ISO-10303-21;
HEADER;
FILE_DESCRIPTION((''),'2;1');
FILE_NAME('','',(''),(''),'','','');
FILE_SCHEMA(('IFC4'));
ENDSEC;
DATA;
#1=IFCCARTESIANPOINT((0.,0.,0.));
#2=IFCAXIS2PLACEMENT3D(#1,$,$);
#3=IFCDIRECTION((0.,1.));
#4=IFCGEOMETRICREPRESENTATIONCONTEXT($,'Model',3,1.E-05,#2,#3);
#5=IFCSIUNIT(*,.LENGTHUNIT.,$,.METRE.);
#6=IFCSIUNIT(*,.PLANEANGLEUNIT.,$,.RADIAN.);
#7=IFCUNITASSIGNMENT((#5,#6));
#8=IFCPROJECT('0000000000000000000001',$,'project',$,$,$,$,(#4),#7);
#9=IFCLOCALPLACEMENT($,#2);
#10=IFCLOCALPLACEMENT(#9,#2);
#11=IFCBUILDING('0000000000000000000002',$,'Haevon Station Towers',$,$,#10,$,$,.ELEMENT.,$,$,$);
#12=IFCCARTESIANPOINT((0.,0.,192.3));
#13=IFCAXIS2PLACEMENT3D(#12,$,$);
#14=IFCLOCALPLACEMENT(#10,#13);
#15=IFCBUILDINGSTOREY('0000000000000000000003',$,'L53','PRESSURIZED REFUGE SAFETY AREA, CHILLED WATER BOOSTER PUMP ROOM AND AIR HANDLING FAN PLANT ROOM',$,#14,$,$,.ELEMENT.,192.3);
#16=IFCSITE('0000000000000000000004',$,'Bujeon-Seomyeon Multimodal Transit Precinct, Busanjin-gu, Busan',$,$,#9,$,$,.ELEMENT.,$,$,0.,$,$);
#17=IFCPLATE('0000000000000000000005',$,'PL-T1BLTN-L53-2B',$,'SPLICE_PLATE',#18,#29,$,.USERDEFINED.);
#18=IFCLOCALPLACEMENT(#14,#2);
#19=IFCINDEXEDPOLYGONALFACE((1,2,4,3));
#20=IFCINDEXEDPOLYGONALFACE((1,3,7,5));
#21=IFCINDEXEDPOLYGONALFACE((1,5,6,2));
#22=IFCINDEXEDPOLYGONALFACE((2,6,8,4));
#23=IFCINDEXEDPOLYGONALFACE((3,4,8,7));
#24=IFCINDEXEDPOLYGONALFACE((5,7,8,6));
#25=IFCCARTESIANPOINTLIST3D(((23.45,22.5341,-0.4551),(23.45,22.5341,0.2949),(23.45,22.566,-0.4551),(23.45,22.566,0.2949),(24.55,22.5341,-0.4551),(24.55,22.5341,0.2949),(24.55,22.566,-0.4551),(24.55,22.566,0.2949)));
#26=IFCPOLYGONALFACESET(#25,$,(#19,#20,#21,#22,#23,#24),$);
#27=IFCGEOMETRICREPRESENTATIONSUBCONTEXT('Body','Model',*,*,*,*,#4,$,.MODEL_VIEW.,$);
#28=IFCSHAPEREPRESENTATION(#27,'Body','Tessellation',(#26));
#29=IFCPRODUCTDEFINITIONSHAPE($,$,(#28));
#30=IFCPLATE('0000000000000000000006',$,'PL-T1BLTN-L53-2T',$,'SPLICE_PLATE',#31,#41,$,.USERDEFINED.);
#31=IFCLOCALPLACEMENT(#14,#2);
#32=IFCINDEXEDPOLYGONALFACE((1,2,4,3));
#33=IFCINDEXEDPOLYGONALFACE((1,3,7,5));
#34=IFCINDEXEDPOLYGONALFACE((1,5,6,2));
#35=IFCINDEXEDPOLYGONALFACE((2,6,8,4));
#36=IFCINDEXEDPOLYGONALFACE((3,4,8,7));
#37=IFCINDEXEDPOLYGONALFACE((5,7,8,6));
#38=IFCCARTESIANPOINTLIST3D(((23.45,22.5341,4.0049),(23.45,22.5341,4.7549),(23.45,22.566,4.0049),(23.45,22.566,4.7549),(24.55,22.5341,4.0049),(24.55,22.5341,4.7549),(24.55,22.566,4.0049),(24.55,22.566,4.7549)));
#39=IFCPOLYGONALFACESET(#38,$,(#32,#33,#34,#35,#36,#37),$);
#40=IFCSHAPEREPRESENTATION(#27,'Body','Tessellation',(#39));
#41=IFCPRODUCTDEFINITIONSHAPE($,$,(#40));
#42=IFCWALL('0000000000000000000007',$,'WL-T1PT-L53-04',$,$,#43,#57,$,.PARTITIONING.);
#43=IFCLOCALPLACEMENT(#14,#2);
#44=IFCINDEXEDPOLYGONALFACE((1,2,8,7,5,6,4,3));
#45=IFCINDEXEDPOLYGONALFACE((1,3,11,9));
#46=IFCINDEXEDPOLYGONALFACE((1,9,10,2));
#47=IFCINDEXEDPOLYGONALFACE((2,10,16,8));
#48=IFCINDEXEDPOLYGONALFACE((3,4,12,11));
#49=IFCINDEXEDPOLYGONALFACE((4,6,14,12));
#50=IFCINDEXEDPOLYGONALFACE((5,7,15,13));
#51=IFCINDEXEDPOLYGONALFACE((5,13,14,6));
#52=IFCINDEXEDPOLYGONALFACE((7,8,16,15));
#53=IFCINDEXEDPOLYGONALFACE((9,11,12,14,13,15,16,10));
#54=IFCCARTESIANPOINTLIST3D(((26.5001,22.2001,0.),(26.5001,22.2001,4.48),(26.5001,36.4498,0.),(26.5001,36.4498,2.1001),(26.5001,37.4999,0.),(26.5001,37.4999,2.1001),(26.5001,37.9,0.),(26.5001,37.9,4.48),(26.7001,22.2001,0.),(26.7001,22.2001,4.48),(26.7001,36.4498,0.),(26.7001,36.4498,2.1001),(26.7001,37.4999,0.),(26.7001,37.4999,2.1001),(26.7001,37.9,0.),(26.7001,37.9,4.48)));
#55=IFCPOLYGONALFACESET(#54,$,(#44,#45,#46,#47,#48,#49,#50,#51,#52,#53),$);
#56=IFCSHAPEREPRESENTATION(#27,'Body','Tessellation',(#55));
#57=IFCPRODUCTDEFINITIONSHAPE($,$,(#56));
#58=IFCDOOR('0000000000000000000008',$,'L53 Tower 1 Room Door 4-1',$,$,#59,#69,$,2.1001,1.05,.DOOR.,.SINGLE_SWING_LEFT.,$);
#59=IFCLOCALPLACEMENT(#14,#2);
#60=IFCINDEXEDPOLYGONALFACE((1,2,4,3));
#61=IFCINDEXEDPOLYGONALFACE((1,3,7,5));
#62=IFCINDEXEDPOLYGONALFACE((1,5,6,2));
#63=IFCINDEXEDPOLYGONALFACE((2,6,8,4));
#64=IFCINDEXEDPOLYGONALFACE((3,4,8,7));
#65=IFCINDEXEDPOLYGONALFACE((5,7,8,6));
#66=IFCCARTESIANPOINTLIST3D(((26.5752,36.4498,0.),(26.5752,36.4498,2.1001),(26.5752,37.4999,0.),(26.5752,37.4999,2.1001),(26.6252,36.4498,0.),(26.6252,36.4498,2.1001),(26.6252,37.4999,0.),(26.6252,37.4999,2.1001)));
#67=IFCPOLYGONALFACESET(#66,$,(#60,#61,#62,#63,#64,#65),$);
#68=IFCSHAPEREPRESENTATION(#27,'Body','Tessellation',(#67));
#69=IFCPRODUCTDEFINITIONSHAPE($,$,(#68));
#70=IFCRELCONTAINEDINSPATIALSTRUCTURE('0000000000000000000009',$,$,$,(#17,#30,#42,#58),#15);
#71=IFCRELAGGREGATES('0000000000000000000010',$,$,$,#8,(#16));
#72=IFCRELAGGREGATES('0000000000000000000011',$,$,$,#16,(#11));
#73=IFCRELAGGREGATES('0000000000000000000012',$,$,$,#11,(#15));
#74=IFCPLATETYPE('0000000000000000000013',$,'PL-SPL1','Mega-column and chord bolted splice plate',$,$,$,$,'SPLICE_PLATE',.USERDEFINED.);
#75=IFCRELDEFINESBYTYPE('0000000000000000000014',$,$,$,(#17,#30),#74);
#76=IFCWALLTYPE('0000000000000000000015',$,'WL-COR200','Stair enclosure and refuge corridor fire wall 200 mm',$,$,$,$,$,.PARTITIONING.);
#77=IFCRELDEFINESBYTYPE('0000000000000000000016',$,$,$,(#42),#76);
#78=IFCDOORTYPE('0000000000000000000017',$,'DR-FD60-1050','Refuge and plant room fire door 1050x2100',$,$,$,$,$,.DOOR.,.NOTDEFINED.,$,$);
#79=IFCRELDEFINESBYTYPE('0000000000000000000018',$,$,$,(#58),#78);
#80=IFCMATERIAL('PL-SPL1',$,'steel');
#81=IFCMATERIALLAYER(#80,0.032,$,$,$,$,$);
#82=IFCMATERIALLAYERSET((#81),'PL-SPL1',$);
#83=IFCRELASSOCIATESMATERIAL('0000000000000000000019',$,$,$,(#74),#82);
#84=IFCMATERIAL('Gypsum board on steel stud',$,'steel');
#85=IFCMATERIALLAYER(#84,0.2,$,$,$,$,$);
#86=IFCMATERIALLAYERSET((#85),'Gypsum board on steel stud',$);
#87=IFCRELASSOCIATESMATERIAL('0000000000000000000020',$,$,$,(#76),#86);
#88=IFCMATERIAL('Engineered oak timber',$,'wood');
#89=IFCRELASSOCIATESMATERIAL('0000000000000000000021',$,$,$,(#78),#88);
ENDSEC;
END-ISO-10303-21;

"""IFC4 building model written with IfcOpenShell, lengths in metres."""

from ifc_helpers import new_model, si_unit, direction, frame, frame_2d, origin, origin_2d, place, context, subcontext, project, spatial, rectangle, extrude, material, layer, layer_set, type_object, element, fill, save


model = new_model("IFC4")

# Units and contexts
model_context = context("Model", 3, precision=1e-05, world=origin(), true_north=direction((0.0, 1.0)))
body_context = subcontext(model_context, "Body", "Model", "MODEL_VIEW")
ifc_project = project(units=[si_unit("LENGTHUNIT", "METRE"), si_unit("PLANEANGLEUNIT", "RADIAN")], contexts=[model_context])

# Site, building, storey
site_placement = place(None, origin())
site = spatial("IfcSite", under=ifc_project, at=site_placement, Name="Bujeon-Seomyeon Multimodal Transit Precinct, Busanjin-gu, Busan", CompositionType="ELEMENT", RefElevation=0.0)
building_placement = place(site_placement, origin())
building = spatial("IfcBuilding", under=site, at=building_placement, Name="Haevon Station Towers", CompositionType="ELEMENT")
storey_placement = place(building_placement, frame((0.0, 0.0, 192.3)))
storey = spatial("IfcBuildingStorey", under=building, at=storey_placement, Name="L53", Description="PRESSURIZED REFUGE SAFETY AREA, CHILLED WATER BOOSTER PUMP ROOM AND AIR HANDLING FAN PLANT ROOM", CompositionType="ELEMENT", Elevation=192.3)

# Plates
ifc_material_1 = material(Name="PL-SPL1", Category="steel")
ifc_layer_1 = layer(ifc_material_1, 0.032)
ifc_layer_set_1 = layer_set([ifc_layer_1], Name="PL-SPL1")
plate_type_1 = type_object("IfcPlateType", Name="PL-SPL1", Description="Mega-column and chord bolted splice plate", ElementType="SPLICE_PLATE", PredefinedType="USERDEFINED", material=ifc_layer_set_1)
for number, where, z_axis, x_axis, name in (
    (1, (24.0, 22.55, -0.4551), (0.0, 0.0, 1.0), (1.0, 0.0, 0.0), "PL-T1BLTN-L53-2B"),
    (2, (24.0, 22.55, 4.0049), (0.0, 0.0, 1.0), (1.0, 0.0, 0.0), "PL-T1BLTN-L53-2T"),
):
    element("IfcPlate", number, at=place(storey_placement, frame(where, z_axis=z_axis, x_axis=x_axis)), inside=storey, type_object=plate_type_1, Name=name, ObjectType="SPLICE_PLATE", PredefinedType="USERDEFINED", context=body_context, shape_type="SweptSolid", body=[
        extrude(rectangle(XDim=1.1001, YDim=0.032, at=origin_2d()), origin(), (0.0, 0.0, 1.0), 0.75),
    ])

# Wall, opening, door
ifc_material_2 = material(Name="Gypsum board on steel stud", Category="steel")
ifc_layer_2 = layer(ifc_material_2, 0.2)
ifc_layer_set_2 = layer_set([ifc_layer_2], Name="Gypsum board on steel stud")
wall_type = type_object("IfcWallType", Name="WL-COR200", Description="Stair enclosure and refuge corridor fire wall 200 mm", PredefinedType="PARTITIONING", material=ifc_layer_set_2)
wall_placement = place(storey_placement, frame((26.6001, 22.2, 0.0), z_axis=(0.0, 0.0, 1.0), x_axis=(0.0, 1.0, 0.0)))
wall = element("IfcWall", 3, at=wall_placement, inside=storey, type_object=wall_type, Name="WL-T1PT-L53-04", PredefinedType="PARTITIONING", context=body_context, shape_type="SweptSolid", body=[
    extrude(rectangle(XDim=15.7, YDim=0.2, at=frame_2d((7.8501, 0.0))), origin(), (0.0, 0.0, 1.0), 4.48),
])
opening_placement = place(wall_placement, frame((14.25, 0.0, 0.0)))
opening = element("IfcOpeningElement", 4, at=opening_placement, cuts=wall, PredefinedType="OPENING", context=body_context, shape_type="SweptSolid", body=[
    extrude(rectangle(XDim=1.05, YDim=2.1001, at=frame_2d((0.5249, 1.05))), frame((0.0, 0.1099, 0.0), z_axis=(0.0, -1.0, 0.0), x_axis=(1.0, 0.0, 0.0)), (0.0, 0.0, 1.0), 0.22),
])
ifc_material_3 = material(Name="Engineered oak timber", Category="wood")
door_type = type_object("IfcDoorType", Name="DR-FD60-1050", Description="Refuge and plant room fire door 1050x2100", OperationType="NOTDEFINED", PredefinedType="DOOR", material=ifc_material_3)
door_placement = place(opening_placement, origin())
door = element("IfcDoor", 5, at=door_placement, inside=storey, type_object=door_type, Name="L53 Tower 1 Room Door 4-1", OperationType="SINGLE_SWING_LEFT", OverallHeight=2.1001, OverallWidth=1.05, PredefinedType="DOOR", context=body_context, shape_type="SweptSolid", body=[
    extrude(rectangle(XDim=1.05, YDim=2.1001, at=frame_2d((0.5249, 1.05))), frame((0.0, 0.0249, 0.0), z_axis=(0.0, -1.0, 0.0), x_axis=(1.0, 0.0, 0.0)), (0.0, 0.0, 1.0), 0.05),
])
fill(opening, door)

save(model, "model.ifc")
